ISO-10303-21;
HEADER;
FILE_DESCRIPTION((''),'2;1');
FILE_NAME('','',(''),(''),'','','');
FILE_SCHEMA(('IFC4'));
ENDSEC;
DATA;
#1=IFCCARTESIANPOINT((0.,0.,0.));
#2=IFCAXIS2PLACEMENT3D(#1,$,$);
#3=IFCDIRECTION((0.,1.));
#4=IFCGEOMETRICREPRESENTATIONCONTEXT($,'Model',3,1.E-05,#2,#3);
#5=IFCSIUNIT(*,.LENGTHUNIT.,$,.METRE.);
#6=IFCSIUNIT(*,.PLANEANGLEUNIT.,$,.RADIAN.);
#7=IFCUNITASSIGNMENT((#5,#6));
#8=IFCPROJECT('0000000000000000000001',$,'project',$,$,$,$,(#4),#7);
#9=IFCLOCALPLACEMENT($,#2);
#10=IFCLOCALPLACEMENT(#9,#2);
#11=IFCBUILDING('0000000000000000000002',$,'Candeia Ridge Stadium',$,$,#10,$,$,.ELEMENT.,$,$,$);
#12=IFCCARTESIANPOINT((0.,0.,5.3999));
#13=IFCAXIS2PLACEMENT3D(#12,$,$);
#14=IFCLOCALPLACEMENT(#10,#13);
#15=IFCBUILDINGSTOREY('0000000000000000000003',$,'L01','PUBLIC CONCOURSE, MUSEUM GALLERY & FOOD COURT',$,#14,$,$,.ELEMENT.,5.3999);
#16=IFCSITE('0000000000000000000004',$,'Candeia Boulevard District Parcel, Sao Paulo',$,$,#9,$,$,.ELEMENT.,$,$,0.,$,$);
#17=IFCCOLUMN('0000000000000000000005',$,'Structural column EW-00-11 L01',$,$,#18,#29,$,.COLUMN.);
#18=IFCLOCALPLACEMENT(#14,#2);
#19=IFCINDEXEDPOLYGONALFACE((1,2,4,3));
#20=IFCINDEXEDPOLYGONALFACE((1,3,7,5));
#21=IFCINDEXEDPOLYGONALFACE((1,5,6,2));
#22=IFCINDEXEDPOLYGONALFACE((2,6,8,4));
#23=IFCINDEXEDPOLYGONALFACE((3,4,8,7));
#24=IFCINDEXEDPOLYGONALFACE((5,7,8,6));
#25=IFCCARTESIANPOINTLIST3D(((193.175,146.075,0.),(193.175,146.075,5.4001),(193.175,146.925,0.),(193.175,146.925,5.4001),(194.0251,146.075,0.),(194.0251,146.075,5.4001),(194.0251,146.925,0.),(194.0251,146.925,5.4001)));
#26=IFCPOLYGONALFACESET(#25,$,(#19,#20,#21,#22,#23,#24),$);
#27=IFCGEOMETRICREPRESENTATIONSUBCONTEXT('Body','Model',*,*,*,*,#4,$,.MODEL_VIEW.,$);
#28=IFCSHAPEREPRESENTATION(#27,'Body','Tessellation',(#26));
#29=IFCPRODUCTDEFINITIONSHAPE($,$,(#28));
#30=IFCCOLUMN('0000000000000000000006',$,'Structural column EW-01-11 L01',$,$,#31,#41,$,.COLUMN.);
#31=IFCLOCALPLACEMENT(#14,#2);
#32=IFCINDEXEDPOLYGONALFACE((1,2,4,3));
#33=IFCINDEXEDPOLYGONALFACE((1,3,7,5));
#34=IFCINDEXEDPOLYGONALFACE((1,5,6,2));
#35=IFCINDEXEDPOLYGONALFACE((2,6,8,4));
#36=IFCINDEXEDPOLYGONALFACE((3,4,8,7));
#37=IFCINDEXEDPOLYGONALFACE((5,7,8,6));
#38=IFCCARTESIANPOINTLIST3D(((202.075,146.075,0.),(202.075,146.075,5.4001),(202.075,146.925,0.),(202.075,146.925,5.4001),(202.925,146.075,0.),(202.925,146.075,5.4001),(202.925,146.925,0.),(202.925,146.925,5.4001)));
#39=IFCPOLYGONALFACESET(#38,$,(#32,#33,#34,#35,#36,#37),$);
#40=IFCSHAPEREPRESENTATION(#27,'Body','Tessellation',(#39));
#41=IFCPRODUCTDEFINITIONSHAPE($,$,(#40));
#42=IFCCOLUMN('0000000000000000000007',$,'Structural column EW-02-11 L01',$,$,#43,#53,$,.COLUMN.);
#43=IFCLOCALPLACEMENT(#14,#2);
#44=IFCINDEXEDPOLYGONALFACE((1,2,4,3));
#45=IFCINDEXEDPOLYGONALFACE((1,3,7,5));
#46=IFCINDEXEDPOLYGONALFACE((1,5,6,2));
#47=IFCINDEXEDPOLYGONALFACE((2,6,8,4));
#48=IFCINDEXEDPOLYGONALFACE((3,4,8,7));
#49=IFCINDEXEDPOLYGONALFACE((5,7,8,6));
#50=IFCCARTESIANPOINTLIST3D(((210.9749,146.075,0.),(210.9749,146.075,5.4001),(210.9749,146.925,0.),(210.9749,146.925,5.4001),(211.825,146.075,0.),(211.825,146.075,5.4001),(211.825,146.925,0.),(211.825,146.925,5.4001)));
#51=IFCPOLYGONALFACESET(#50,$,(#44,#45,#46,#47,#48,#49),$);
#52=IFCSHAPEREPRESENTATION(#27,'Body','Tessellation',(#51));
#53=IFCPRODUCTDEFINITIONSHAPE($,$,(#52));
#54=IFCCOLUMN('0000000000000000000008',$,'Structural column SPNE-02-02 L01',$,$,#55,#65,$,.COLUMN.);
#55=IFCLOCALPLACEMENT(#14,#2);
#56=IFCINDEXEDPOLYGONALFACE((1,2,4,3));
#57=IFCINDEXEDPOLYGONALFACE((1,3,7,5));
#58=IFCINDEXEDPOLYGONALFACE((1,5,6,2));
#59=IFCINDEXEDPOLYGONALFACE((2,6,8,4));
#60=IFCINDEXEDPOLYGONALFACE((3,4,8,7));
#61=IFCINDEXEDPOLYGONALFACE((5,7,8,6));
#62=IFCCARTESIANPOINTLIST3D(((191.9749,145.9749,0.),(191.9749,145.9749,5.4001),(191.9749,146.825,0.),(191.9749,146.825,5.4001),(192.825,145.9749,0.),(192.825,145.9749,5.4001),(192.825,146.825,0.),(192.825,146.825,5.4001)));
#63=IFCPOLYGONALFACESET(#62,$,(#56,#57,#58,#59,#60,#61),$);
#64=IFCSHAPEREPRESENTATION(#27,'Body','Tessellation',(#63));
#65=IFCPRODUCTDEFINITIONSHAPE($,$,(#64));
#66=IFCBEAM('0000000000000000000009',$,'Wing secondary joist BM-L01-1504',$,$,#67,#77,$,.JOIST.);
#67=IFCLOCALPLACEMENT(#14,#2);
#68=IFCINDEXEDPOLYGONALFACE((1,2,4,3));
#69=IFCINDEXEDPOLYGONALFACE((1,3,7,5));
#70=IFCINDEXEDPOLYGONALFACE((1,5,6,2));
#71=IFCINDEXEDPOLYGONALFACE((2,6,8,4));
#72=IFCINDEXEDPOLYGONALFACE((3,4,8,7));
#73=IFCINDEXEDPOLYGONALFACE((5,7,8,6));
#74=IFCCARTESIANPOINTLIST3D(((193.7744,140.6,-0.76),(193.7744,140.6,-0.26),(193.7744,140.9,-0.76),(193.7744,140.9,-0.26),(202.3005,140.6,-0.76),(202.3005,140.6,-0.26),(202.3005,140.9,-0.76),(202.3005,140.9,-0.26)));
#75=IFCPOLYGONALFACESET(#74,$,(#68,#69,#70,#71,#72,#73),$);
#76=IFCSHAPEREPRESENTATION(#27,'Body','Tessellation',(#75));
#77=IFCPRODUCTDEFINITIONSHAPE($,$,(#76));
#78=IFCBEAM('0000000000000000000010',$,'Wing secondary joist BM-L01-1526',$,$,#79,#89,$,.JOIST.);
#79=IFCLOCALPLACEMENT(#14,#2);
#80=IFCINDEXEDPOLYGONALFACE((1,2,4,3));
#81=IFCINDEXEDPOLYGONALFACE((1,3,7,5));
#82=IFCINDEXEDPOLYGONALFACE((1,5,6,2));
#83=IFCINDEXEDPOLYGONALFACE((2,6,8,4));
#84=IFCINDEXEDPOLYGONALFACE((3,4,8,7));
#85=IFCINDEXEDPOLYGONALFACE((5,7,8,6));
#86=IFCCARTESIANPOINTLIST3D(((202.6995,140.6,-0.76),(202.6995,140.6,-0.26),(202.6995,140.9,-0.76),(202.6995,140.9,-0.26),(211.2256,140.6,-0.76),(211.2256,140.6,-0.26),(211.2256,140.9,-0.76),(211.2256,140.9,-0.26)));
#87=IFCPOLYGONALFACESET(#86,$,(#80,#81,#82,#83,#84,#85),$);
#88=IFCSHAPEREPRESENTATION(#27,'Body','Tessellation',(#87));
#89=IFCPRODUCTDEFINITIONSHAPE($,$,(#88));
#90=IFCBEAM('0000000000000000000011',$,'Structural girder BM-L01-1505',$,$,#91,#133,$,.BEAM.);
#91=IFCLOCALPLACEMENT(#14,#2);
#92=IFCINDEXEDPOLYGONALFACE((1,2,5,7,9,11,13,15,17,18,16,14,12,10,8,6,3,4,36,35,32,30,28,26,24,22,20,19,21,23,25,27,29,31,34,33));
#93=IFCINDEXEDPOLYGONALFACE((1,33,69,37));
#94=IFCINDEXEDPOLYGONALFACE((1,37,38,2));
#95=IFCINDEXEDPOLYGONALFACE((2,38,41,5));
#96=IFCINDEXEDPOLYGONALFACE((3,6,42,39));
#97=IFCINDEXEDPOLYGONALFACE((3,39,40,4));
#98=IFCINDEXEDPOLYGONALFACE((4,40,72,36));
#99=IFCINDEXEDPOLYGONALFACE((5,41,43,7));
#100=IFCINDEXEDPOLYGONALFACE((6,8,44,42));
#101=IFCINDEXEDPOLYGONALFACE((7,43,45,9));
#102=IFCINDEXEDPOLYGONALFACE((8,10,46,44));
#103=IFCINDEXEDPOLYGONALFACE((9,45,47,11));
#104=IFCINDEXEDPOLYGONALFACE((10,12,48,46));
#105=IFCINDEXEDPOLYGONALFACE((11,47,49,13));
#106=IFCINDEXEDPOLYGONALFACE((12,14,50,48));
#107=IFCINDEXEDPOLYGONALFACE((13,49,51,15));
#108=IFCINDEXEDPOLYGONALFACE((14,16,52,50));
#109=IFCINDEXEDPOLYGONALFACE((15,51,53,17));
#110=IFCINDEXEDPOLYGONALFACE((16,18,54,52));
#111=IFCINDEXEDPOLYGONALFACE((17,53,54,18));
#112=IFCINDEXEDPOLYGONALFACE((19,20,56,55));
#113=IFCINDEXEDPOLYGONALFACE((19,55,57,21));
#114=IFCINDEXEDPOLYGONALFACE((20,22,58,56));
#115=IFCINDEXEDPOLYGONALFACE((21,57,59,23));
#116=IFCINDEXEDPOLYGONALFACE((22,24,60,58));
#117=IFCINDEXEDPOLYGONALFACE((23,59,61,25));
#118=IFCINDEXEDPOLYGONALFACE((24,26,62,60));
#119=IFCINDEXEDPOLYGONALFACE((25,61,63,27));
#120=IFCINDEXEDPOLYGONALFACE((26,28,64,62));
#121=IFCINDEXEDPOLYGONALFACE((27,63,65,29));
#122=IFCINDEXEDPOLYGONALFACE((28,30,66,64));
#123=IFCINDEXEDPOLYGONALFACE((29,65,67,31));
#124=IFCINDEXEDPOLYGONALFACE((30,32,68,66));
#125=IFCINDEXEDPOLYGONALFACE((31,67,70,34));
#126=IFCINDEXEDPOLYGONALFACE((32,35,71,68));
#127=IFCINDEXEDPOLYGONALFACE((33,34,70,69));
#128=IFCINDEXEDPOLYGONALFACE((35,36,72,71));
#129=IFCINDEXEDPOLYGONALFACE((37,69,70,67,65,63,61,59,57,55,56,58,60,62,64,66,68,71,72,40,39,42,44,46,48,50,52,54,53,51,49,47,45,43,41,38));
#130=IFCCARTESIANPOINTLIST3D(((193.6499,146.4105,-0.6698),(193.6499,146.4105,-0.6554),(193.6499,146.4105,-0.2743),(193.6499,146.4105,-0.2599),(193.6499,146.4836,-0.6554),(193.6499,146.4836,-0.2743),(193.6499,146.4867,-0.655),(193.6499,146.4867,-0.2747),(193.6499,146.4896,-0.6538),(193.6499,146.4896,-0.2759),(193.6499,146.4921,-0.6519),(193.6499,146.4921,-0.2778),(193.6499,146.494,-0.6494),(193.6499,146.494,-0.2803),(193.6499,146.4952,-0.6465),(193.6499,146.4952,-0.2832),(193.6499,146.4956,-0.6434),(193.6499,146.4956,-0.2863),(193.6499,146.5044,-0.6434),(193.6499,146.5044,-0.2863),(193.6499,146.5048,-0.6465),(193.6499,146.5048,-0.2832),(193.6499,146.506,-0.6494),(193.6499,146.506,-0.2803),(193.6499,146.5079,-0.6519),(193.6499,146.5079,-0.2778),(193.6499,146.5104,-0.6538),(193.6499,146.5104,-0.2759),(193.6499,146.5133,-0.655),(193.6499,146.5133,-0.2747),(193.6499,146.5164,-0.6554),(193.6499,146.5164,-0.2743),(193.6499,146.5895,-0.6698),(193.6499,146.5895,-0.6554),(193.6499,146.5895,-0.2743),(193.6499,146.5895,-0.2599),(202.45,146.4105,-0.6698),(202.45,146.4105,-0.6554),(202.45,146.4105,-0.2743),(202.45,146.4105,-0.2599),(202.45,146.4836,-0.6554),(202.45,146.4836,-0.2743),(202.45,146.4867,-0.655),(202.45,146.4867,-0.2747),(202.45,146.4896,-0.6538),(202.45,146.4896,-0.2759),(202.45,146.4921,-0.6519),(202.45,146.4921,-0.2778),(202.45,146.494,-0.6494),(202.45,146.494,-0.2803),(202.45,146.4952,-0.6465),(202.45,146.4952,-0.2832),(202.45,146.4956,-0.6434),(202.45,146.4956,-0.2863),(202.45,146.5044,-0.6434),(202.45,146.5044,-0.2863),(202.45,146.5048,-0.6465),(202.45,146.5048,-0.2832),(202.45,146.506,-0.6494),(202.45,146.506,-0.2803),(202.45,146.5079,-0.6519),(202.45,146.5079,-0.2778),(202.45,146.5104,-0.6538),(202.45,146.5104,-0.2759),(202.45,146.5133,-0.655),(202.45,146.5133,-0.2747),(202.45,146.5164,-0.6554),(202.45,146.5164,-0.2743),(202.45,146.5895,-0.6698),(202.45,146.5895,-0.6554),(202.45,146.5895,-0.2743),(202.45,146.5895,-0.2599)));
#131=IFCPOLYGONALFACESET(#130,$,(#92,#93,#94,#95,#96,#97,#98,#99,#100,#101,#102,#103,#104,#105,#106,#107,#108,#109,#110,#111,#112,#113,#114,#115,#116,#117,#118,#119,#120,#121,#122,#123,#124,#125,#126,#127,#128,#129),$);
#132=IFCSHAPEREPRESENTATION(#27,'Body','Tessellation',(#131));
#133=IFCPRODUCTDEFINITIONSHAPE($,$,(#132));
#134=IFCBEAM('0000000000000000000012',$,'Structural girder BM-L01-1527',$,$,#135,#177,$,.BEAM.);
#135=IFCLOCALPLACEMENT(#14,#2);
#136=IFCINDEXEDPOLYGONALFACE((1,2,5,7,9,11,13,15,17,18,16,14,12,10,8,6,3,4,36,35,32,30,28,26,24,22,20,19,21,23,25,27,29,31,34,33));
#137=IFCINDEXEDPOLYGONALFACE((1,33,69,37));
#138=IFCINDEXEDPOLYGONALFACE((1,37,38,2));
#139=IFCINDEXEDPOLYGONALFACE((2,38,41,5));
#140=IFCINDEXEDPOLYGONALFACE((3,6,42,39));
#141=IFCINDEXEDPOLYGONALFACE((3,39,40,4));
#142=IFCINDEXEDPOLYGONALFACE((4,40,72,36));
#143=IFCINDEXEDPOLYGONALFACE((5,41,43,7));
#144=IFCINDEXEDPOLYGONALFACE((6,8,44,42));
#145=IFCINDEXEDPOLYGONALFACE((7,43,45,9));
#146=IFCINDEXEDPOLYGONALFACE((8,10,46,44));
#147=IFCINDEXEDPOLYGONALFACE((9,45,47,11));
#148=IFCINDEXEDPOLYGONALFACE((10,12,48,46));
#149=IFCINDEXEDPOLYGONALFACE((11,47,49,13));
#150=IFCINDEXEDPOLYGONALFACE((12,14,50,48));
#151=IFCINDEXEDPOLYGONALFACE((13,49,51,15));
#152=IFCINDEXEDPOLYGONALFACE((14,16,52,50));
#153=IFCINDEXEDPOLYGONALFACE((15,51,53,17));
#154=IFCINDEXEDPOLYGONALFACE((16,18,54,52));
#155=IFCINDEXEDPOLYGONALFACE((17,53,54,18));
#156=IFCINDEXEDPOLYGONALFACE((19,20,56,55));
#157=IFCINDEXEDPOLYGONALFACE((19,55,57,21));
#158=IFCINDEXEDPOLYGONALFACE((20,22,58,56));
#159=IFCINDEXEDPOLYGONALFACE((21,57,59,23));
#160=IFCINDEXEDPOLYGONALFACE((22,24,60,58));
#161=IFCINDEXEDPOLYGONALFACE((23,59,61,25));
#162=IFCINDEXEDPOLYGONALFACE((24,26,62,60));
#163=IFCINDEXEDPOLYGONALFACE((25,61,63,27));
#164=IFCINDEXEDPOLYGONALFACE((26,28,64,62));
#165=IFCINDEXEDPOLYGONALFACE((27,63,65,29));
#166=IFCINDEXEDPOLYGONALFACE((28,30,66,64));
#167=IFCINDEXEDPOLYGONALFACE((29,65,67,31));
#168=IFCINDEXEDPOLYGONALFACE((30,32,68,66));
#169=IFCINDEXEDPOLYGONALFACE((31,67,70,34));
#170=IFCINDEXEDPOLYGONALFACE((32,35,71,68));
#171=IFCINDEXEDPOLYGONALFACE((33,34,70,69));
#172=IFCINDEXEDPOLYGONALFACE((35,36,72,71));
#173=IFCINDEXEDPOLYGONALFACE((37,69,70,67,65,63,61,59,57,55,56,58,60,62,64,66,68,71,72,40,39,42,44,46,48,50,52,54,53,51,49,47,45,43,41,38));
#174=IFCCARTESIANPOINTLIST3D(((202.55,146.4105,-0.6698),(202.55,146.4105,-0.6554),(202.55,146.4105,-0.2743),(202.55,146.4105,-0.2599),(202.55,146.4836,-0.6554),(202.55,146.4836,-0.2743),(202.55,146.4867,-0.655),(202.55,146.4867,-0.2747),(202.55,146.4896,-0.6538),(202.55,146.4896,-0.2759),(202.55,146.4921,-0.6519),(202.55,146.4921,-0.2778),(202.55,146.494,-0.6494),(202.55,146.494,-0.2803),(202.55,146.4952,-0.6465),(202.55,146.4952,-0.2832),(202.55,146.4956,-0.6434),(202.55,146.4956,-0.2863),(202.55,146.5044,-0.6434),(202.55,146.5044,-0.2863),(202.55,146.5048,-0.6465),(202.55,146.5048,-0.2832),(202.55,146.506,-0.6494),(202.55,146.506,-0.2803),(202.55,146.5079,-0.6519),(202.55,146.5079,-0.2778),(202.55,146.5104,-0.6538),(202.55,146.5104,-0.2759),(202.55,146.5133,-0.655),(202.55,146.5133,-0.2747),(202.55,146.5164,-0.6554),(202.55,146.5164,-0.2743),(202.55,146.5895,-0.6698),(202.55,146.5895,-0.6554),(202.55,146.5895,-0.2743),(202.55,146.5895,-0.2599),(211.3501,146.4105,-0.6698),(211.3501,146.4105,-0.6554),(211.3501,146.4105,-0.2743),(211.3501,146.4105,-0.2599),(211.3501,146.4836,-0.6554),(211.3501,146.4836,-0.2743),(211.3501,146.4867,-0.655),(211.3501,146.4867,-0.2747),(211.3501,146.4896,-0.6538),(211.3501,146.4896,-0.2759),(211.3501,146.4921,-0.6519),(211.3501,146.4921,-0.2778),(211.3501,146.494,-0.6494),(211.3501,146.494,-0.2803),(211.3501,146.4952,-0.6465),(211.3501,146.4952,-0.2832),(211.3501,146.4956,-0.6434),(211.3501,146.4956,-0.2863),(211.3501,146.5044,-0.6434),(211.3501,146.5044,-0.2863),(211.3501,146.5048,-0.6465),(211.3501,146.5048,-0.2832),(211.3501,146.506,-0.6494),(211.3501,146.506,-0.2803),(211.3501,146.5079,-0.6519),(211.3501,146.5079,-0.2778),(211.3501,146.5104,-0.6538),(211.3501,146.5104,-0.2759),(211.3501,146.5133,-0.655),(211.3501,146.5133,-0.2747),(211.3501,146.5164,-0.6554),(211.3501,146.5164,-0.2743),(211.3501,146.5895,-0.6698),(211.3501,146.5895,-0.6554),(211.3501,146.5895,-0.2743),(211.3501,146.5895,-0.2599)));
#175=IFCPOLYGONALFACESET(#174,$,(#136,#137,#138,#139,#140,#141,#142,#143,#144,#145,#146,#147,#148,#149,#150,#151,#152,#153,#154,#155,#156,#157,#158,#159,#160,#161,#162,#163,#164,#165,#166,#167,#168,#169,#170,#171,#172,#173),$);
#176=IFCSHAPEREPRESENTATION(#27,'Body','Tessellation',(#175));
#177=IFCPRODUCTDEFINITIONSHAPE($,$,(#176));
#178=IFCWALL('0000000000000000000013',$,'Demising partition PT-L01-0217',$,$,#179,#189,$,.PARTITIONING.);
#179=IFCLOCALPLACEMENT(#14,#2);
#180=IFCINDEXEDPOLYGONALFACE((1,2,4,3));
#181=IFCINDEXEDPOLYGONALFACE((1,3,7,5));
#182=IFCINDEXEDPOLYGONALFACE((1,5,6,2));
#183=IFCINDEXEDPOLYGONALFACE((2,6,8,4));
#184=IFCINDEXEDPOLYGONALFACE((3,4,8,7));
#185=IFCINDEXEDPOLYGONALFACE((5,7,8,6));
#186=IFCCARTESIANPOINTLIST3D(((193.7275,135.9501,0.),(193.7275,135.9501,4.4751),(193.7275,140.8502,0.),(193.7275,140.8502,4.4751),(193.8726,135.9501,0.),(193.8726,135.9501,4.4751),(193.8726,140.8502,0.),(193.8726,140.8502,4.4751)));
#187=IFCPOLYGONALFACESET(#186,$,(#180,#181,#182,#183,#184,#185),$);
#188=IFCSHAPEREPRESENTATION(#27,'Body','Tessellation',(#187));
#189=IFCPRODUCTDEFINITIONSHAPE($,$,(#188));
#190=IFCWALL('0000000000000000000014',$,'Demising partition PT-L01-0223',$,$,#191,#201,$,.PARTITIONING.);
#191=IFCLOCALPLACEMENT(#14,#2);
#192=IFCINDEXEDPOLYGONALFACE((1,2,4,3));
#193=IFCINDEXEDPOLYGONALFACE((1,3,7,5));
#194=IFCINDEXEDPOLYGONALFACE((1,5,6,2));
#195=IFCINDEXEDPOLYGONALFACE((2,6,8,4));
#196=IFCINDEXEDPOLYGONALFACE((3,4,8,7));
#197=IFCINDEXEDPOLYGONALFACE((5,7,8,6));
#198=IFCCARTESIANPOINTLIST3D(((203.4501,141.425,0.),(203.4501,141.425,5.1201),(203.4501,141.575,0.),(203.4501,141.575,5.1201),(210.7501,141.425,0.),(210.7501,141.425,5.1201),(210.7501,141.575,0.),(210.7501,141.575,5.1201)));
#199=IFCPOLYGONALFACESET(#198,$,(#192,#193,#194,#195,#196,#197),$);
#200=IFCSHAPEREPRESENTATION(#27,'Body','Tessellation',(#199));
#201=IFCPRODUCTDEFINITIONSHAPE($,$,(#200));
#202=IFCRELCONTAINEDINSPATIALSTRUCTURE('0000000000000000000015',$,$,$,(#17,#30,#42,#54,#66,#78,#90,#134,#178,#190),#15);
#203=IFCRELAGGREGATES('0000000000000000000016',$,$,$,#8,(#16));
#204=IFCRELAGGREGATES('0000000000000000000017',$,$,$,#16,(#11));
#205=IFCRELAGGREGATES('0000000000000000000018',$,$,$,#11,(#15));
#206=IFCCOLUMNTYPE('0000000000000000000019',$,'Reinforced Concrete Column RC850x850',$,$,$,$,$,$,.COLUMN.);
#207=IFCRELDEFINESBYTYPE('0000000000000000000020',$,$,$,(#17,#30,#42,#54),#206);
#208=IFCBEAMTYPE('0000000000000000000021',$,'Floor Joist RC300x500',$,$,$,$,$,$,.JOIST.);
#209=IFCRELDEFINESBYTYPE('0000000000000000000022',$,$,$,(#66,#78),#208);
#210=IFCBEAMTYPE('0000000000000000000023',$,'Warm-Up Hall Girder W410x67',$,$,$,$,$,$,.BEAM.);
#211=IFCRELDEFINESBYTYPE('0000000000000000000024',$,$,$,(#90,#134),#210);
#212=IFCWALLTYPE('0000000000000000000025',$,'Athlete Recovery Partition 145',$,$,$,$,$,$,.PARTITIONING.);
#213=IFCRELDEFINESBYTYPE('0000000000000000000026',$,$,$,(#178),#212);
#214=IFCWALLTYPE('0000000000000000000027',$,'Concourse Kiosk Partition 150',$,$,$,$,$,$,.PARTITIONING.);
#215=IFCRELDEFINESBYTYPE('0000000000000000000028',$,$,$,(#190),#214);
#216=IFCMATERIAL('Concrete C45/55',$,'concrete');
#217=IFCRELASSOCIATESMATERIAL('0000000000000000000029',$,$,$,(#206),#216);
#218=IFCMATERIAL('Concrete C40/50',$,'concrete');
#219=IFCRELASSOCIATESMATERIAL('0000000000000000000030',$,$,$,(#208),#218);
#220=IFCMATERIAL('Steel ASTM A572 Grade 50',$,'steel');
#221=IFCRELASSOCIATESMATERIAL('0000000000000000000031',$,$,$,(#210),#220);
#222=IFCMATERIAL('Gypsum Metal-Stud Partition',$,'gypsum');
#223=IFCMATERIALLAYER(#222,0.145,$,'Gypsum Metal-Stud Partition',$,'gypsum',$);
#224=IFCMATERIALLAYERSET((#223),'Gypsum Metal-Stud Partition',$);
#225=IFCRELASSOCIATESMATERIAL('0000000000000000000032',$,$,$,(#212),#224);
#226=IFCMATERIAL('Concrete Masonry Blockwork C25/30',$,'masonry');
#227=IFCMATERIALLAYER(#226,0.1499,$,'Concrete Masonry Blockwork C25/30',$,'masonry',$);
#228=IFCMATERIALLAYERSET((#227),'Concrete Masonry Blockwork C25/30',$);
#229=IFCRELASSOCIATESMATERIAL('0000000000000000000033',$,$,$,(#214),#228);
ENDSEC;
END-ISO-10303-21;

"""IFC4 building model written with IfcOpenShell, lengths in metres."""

from ifc_helpers import new_model, si_unit, direction, frame, frame_2d, origin, origin_2d, place, context, subcontext, project, spatial, rectangle, i_section, extrude, material, layer, layer_set, material_profile, profile_set, type_object, element, save


model = new_model("IFC4")

# Units and contexts
model_context = context("Model", 3, precision=1e-05, world=origin(), true_north=direction((0.0, 1.0)))
body_context = subcontext(model_context, "Body", "Model", "MODEL_VIEW")
ifc_project = project(units=[si_unit("LENGTHUNIT", "METRE"), si_unit("PLANEANGLEUNIT", "RADIAN")], contexts=[model_context])

# Site, building, storey
site_placement = place(None, origin())
site = spatial("IfcSite", under=ifc_project, at=site_placement, Name="Candeia Boulevard District Parcel, Sao Paulo", CompositionType="ELEMENT", RefElevation=0.0)
building_placement = place(site_placement, origin())
building = spatial("IfcBuilding", under=site, at=building_placement, Name="Candeia Ridge Stadium", CompositionType="ELEMENT")
storey_placement = place(building_placement, frame((0.0, 0.0, 5.3999)))
storey = spatial("IfcBuildingStorey", under=building, at=storey_placement, Name="L01", Description="PUBLIC CONCOURSE, MUSEUM GALLERY & FOOD COURT", CompositionType="ELEMENT", Elevation=5.3999)

# Columns
ifc_material_1 = material(Name="Concrete C45/55", Category="concrete")
ifc_material_profile_1 = material_profile(ifc_material_1, rectangle(XDim=0.8501, YDim=0.8501, at=origin_2d()), Name="RC850x850", Category="concrete")
ifc_profile_set_1 = profile_set([ifc_material_profile_1], Name="Concrete C45/55")
column_type = type_object("IfcColumnType", Name="Reinforced Concrete Column RC850x850", PredefinedType="COLUMN", material=ifc_profile_set_1)
for number, where, z_axis, x_axis, name in (
    (1, (193.6001, 146.5, 0.0), (0.0, 0.0, 1.0), (1.0, 0.0, 0.0), "Structural column EW-00-11 L01"),
    (2, (202.5, 146.5, 0.0), (0.0, 0.0, 1.0), (1.0, 0.0, 0.0), "Structural column EW-01-11 L01"),
    (3, (211.3999, 146.5, 0.0), (0.0, 0.0, 1.0), (1.0, 0.0, 0.0), "Structural column EW-02-11 L01"),
    (4, (192.3999, 146.3999, 0.0), (0.0, 0.0, 1.0), (1.0, 0.0, 0.0), "Structural column SPNE-02-02 L01"),
):
    element("IfcColumn", number, at=place(storey_placement, frame(where, z_axis=z_axis, x_axis=x_axis)), inside=storey, type_object=column_type, Name=name, PredefinedType="COLUMN", context=body_context, shape_type="SweptSolid", body=[
        extrude(rectangle(XDim=0.8501, YDim=0.8501, at=origin_2d()), origin(), (0.0, 0.0, 1.0), 5.4001),
    ])

# Beams
ifc_material_2 = material(Name="Concrete C40/50", Category="concrete")
ifc_material_profile_2 = material_profile(ifc_material_2, rectangle(XDim=0.3, YDim=0.5, at=origin_2d()), Name="RC300x500", Category="concrete")
ifc_profile_set_2 = profile_set([ifc_material_profile_2], Name="Concrete C40/50")
beam_type_1 = type_object("IfcBeamType", Name="Floor Joist RC300x500", PredefinedType="JOIST", material=ifc_profile_set_2)
for number, where, z_axis, x_axis, name in (
    (5, (193.7744, 140.75, -0.51), (1.0, 0.0, 0.0), (0.0, 1.0, 0.0), "Wing secondary joist BM-L01-1504"),
    (6, (202.6995, 140.75, -0.51), (1.0, 0.0, 0.0), (0.0, 1.0, 0.0), "Wing secondary joist BM-L01-1526"),
):
    element("IfcBeam", number, at=place(storey_placement, frame(where, z_axis=z_axis, x_axis=x_axis)), inside=storey, type_object=beam_type_1, Name=name, PredefinedType="JOIST", context=body_context, shape_type="SweptSolid", body=[
        extrude(rectangle(XDim=0.3, YDim=0.5, at=origin_2d()), origin(), (0.0, 0.0, 1.0), 8.5261),
    ])
ifc_material_3 = material(Name="Steel ASTM A572 Grade 50", Category="steel")
ifc_material_profile_3 = material_profile(ifc_material_3, i_section(OverallWidth=0.179, OverallDepth=0.4099, WebThickness=0.0088, FlangeThickness=0.0144, FilletRadius=0.012, at=origin_2d()), Name="W410x67", Category="steel")
ifc_profile_set_3 = profile_set([ifc_material_profile_3], Name="Steel ASTM A572 Grade 50")
beam_type_2 = type_object("IfcBeamType", Name="Warm-Up Hall Girder W410x67", PredefinedType="BEAM", material=ifc_profile_set_3)
for number, where, z_axis, x_axis, name in (
    (7, (193.6499, 146.5, -0.4648), (1.0, 0.0, 0.0), (0.0, 1.0, 0.0), "Structural girder BM-L01-1505"),
    (8, (202.55, 146.5, -0.4648), (1.0, 0.0, 0.0), (0.0, 1.0, 0.0), "Structural girder BM-L01-1527"),
):
    element("IfcBeam", number, at=place(storey_placement, frame(where, z_axis=z_axis, x_axis=x_axis)), inside=storey, type_object=beam_type_2, Name=name, PredefinedType="BEAM", context=body_context, shape_type="SweptSolid", body=[
        extrude(i_section(OverallWidth=0.179, OverallDepth=0.4099, WebThickness=0.0088, FlangeThickness=0.0144, FilletRadius=0.012, at=origin_2d()), origin(), (0.0, 0.0, 1.0), 8.8),
    ])

# Walls
ifc_material_4 = material(Name="Gypsum Metal-Stud Partition", Category="gypsum")
ifc_layer_1 = layer(ifc_material_4, 0.145, Name="Gypsum Metal-Stud Partition", Category="gypsum")
ifc_layer_set_1 = layer_set([ifc_layer_1], Name="Gypsum Metal-Stud Partition")
wall_type_1 = type_object("IfcWallType", Name="Athlete Recovery Partition 145", PredefinedType="PARTITIONING", material=ifc_layer_set_1)
wall_1_placement = place(storey_placement, frame((193.8, 135.95, 0.0), z_axis=(0.0, 0.0, 1.0), x_axis=(0.0, 1.0, 0.0)))
element("IfcWall", 9, at=wall_1_placement, inside=storey, type_object=wall_type_1, Name="Demising partition PT-L01-0217", PredefinedType="PARTITIONING", context=body_context, shape_type="SweptSolid", body=[
    extrude(rectangle(XDim=4.9001, YDim=0.145, at=frame_2d((2.4502, 0.0))), origin(), (0.0, 0.0, 1.0), 4.4751),
])
ifc_material_5 = material(Name="Concrete Masonry Blockwork C25/30", Category="masonry")
ifc_layer_2 = layer(ifc_material_5, 0.1499, Name="Concrete Masonry Blockwork C25/30", Category="masonry")
ifc_layer_set_2 = layer_set([ifc_layer_2], Name="Concrete Masonry Blockwork C25/30")
wall_type_2 = type_object("IfcWallType", Name="Concourse Kiosk Partition 150", PredefinedType="PARTITIONING", material=ifc_layer_set_2)
wall_2_placement = place(storey_placement, frame((210.75, 141.5, 0.0), z_axis=(0.0, 0.0, 1.0), x_axis=(-1.0, 0.0, 0.0)))
element("IfcWall", 10, at=wall_2_placement, inside=storey, type_object=wall_type_2, Name="Demising partition PT-L01-0223", PredefinedType="PARTITIONING", context=body_context, shape_type="SweptSolid", body=[
    extrude(rectangle(XDim=7.3, YDim=0.1499, at=frame_2d((3.6499, 0.0))), origin(), (0.0, 0.0, 1.0), 5.1201),
])

save(model, "model.ifc")
